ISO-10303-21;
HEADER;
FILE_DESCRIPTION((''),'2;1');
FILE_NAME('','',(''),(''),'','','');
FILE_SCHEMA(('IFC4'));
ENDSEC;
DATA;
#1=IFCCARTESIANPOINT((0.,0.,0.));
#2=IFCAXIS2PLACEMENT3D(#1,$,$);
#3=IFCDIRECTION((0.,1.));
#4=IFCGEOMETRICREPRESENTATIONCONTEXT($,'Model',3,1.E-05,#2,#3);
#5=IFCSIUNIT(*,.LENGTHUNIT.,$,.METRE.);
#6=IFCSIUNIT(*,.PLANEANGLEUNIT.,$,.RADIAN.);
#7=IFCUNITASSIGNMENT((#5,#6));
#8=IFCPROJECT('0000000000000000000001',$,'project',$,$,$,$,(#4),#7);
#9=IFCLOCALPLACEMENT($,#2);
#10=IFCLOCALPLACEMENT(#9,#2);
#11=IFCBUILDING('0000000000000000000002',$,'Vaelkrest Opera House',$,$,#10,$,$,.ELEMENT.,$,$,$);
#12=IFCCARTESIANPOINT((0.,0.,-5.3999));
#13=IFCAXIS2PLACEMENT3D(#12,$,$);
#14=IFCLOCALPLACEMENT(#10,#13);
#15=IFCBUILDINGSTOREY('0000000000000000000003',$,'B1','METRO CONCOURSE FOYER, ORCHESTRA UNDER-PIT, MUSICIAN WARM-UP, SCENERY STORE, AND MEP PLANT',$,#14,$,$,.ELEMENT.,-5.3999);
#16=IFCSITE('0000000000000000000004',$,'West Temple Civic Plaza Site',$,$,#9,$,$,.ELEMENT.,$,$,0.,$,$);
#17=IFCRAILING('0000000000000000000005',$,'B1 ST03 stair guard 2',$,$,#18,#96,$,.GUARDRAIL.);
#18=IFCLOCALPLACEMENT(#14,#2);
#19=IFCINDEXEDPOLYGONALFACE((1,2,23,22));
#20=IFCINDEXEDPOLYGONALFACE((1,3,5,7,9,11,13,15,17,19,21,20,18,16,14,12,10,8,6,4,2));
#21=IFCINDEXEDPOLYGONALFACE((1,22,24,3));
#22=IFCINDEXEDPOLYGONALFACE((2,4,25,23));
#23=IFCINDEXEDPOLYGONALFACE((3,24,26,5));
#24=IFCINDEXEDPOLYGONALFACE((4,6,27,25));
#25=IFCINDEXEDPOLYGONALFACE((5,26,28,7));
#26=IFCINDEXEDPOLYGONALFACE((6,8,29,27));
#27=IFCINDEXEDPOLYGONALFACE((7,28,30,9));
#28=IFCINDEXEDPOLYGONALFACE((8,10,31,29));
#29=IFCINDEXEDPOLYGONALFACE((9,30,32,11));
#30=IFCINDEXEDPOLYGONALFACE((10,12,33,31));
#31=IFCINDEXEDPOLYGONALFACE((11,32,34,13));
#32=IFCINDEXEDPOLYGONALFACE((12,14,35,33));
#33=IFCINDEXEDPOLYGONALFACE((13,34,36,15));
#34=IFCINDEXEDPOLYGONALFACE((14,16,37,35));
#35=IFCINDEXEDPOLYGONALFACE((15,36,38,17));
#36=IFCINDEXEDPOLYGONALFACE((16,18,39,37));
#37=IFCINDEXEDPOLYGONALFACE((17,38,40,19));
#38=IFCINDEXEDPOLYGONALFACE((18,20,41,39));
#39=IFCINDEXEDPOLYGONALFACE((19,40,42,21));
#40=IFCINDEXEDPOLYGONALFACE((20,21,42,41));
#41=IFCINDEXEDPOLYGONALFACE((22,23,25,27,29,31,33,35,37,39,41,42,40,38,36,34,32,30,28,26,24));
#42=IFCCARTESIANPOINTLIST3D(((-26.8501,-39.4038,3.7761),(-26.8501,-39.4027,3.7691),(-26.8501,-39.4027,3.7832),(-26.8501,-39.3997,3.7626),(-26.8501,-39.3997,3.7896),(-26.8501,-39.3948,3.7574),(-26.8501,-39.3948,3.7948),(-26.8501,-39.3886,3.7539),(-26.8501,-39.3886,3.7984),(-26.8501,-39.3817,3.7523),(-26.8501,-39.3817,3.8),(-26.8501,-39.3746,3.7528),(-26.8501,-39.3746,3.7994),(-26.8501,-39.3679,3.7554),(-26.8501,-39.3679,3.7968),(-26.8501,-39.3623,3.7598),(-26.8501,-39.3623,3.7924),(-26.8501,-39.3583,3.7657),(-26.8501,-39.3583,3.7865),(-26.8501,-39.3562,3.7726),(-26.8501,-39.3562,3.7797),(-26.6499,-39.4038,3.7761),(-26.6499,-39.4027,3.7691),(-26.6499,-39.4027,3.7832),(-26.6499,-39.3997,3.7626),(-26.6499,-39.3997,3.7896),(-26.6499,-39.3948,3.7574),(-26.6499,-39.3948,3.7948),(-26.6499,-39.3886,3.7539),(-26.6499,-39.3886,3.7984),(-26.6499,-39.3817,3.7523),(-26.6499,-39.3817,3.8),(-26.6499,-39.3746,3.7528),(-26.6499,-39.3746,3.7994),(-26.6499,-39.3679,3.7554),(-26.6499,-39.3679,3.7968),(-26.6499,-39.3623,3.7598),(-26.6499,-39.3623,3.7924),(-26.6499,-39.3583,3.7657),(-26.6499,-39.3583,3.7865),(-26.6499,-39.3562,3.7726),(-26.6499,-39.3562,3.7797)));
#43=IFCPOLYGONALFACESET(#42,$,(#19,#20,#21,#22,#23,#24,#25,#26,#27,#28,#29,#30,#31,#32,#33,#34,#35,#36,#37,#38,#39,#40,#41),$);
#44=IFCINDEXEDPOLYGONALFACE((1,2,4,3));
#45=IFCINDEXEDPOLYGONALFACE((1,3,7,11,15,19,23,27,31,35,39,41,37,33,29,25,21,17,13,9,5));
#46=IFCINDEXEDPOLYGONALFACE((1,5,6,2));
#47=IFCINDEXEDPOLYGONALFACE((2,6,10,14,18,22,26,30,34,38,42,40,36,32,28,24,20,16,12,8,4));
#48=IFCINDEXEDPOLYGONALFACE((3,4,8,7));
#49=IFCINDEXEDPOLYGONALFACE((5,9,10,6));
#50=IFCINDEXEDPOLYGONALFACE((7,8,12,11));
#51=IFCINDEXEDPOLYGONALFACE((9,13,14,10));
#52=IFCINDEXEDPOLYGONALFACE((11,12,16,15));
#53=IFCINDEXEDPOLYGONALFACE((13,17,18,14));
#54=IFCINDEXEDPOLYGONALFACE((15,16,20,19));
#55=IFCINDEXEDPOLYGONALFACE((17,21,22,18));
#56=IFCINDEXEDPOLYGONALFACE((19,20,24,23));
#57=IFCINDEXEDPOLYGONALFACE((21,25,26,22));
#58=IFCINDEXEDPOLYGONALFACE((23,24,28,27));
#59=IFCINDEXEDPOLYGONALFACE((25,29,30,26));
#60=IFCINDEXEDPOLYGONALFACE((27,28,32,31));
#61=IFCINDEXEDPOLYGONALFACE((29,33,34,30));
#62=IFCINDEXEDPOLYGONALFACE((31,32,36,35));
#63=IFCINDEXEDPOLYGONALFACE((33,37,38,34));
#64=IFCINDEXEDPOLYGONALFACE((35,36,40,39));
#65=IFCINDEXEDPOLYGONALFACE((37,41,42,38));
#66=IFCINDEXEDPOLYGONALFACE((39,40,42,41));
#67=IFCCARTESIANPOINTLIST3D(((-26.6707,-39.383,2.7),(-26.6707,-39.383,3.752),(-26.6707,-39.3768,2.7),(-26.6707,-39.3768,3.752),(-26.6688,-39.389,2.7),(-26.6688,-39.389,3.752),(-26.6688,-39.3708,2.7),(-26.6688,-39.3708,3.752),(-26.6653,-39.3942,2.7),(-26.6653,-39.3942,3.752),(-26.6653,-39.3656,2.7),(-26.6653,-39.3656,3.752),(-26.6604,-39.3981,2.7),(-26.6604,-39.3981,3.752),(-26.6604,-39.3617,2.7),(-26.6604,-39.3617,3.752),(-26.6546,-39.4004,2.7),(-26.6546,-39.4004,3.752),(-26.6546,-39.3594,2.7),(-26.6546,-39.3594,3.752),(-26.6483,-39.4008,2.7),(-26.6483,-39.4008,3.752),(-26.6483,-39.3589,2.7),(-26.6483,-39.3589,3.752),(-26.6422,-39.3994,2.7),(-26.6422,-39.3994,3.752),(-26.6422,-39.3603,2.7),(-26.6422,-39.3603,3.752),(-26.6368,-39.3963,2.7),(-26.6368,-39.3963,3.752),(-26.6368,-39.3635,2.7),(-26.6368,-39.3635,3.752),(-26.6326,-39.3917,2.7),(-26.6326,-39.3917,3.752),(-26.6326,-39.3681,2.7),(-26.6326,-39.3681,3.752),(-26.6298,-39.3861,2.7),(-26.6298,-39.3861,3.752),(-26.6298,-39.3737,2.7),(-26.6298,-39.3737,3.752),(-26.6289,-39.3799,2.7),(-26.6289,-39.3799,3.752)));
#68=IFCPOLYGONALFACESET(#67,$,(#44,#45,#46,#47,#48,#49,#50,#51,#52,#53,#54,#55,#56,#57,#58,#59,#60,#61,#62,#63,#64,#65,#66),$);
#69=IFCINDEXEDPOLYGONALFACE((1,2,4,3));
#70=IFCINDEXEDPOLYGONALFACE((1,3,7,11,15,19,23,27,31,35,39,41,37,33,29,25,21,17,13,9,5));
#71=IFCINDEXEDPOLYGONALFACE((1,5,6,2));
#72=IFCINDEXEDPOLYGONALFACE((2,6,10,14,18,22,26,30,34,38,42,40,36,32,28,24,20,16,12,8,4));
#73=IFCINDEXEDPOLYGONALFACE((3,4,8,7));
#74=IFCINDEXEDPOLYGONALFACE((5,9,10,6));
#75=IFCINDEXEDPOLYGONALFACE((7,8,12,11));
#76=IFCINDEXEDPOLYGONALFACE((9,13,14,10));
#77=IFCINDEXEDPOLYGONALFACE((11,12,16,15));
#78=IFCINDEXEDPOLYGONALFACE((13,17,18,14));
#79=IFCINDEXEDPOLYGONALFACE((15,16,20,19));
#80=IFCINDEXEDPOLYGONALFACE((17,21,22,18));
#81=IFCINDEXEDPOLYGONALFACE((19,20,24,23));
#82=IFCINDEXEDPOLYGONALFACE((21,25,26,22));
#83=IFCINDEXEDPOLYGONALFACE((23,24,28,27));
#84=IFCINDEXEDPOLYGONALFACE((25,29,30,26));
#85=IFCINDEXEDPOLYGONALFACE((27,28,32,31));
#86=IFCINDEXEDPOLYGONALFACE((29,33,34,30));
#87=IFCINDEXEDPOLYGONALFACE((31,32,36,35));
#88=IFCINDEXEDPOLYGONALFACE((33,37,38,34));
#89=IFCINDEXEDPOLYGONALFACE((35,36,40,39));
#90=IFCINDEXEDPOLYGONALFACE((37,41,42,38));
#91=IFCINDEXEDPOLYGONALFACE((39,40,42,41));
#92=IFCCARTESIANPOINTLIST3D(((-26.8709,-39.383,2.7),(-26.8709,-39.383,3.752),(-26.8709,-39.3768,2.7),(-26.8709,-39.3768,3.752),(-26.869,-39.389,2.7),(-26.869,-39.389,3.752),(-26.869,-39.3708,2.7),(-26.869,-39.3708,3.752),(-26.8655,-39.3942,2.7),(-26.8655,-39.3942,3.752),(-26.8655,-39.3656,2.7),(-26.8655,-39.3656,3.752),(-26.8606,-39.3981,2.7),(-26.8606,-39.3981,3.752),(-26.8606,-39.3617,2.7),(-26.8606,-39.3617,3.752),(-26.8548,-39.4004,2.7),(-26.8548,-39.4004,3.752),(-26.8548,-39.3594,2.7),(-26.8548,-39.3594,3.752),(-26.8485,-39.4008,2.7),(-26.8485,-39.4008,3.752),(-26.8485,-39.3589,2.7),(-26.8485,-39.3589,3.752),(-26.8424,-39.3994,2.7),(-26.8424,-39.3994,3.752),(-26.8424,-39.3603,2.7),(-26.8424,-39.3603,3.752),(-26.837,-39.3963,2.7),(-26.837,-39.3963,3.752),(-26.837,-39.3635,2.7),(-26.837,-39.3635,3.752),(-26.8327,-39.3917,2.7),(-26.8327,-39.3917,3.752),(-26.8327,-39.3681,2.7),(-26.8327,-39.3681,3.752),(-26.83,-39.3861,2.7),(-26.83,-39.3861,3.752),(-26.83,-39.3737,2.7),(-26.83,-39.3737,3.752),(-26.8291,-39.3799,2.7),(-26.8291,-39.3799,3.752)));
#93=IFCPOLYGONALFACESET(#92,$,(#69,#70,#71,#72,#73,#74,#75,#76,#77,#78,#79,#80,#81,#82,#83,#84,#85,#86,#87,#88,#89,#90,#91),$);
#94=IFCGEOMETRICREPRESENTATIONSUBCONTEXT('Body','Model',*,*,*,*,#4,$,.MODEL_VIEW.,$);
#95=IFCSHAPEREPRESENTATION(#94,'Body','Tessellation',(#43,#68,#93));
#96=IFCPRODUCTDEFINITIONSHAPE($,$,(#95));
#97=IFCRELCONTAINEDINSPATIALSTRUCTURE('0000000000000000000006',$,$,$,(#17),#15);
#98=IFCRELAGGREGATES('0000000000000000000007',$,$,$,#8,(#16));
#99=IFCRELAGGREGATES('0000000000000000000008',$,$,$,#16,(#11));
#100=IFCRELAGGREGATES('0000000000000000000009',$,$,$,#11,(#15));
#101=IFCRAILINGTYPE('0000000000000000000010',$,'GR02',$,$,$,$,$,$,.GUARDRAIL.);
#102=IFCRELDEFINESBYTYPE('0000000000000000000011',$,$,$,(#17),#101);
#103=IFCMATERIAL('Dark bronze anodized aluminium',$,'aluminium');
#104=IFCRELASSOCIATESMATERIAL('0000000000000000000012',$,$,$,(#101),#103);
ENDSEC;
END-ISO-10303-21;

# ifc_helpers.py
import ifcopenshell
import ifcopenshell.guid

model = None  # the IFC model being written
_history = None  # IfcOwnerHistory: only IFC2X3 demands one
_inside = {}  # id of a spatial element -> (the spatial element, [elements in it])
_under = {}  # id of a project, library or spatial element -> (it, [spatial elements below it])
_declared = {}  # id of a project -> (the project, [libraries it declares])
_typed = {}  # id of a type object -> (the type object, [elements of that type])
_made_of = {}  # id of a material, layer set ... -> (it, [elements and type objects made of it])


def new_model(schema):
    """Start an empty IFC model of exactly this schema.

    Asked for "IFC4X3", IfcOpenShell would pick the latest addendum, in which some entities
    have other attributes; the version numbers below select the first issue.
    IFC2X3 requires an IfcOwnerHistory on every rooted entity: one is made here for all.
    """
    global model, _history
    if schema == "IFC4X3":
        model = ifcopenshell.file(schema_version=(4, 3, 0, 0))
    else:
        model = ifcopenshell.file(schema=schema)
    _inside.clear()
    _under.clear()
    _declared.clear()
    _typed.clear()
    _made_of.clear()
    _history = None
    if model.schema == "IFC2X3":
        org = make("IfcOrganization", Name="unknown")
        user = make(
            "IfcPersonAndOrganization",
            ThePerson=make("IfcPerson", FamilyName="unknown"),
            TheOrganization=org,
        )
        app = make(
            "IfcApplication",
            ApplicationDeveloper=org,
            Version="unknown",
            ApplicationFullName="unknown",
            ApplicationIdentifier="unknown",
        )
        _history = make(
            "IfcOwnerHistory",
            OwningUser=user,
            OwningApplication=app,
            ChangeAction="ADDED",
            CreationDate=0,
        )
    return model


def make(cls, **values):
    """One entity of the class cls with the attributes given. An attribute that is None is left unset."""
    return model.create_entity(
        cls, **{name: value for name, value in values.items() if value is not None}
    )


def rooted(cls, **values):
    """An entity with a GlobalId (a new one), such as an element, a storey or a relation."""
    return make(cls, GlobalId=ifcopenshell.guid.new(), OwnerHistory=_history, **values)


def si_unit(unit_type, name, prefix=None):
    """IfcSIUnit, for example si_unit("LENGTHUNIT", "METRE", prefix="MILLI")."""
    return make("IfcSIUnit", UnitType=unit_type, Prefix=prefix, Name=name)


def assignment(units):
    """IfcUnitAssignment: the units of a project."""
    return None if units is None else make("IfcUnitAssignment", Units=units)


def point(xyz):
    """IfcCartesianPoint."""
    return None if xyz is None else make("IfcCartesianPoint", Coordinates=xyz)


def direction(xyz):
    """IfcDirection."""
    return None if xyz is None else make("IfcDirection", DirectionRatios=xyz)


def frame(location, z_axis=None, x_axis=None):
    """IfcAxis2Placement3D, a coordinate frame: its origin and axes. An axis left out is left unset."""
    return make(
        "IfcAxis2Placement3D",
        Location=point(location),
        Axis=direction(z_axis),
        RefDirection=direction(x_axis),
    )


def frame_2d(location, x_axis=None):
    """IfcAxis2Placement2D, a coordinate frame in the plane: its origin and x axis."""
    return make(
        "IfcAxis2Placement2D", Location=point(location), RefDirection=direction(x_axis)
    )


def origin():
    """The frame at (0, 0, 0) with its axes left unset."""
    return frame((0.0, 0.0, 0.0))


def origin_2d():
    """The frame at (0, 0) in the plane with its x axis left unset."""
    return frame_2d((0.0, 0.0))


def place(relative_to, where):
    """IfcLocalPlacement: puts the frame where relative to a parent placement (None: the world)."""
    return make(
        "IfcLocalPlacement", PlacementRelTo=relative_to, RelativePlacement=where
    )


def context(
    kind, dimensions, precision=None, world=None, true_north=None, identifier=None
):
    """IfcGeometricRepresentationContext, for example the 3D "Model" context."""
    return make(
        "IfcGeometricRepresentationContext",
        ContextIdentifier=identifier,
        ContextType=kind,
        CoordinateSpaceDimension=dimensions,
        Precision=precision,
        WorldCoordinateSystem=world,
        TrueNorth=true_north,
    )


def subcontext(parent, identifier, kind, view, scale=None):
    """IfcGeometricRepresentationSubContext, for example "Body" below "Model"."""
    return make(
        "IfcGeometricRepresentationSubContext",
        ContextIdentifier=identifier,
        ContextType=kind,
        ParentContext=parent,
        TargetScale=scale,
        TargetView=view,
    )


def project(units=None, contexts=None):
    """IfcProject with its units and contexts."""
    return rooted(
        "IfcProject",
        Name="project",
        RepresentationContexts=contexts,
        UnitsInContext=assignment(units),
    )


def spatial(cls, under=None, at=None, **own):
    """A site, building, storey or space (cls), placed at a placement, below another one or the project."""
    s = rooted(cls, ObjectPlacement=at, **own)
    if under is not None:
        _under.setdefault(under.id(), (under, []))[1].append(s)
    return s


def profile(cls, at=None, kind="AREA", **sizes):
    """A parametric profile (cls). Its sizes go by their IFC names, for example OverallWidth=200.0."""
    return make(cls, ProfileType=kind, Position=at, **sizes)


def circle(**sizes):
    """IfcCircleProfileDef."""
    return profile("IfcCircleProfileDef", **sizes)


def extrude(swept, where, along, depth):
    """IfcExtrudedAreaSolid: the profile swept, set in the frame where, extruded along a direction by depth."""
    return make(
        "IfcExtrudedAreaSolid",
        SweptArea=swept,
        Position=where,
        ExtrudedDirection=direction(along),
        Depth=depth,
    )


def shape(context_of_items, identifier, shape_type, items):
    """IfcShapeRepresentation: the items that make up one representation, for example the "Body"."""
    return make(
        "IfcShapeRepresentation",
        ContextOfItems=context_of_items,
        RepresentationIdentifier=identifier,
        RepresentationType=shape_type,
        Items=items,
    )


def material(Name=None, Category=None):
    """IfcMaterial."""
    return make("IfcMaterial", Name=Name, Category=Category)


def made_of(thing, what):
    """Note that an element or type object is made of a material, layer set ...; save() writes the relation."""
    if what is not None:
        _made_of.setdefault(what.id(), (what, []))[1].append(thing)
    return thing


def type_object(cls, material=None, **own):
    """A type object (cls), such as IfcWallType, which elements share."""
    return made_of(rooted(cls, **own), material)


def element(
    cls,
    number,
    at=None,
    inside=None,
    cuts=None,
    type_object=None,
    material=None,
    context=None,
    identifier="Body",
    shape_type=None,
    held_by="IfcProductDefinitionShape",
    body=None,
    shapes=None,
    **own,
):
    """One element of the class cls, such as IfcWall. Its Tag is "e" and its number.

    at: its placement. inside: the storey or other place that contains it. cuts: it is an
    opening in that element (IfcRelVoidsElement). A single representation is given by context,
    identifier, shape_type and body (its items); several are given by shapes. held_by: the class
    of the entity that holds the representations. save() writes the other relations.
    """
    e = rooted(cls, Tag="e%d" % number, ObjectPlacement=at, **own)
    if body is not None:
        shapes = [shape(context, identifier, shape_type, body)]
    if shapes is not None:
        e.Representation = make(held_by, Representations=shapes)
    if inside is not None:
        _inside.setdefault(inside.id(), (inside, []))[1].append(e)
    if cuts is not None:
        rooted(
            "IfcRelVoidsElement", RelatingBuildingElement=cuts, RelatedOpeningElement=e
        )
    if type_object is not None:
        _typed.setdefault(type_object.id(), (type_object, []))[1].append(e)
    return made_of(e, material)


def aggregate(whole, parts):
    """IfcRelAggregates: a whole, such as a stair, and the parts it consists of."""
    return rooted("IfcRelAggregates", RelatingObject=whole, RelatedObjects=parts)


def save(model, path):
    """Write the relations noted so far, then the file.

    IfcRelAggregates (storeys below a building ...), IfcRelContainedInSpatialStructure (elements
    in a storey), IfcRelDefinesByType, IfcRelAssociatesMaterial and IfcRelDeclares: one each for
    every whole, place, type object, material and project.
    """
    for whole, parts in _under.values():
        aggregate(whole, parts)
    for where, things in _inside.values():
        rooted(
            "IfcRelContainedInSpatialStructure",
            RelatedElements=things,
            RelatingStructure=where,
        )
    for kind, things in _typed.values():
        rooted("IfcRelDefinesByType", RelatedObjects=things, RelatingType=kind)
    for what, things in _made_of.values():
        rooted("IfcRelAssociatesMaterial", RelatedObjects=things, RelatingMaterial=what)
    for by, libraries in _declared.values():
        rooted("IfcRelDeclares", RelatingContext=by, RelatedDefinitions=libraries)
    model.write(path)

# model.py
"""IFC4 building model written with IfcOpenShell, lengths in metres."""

from ifc_helpers import new_model, si_unit, direction, frame, origin, origin_2d, place, context, subcontext, project, spatial, circle, extrude, material, type_object, element, save


model = new_model("IFC4")

# Units and contexts
model_context = context("Model", 3, precision=1e-05, world=origin(), true_north=direction((0.0, 1.0)))
body_context = subcontext(model_context, "Body", "Model", "MODEL_VIEW")
ifc_project = project(units=[si_unit("LENGTHUNIT", "METRE"), si_unit("PLANEANGLEUNIT", "RADIAN")], contexts=[model_context])

# Site, building, storey
site_placement = place(None, origin())
site = spatial("IfcSite", under=ifc_project, at=site_placement, Name="West Temple Civic Plaza Site", CompositionType="ELEMENT", RefElevation=0.0)
building_placement = place(site_placement, origin())
building = spatial("IfcBuilding", under=site, at=building_placement, Name="Vaelkrest Opera House", CompositionType="ELEMENT")
storey_placement = place(building_placement, frame((0.0, 0.0, -5.3999)))
storey = spatial("IfcBuildingStorey", under=building, at=storey_placement, Name="B1", Description="METRO CONCOURSE FOYER, ORCHESTRA UNDER-PIT, MUSICIAN WARM-UP, SCENERY STORE, AND MEP PLANT", CompositionType="ELEMENT", Elevation=-5.3999)

# Shared definitions
ifc_material_1 = material(Name="Dark bronze anodized aluminium", Category="aluminium")

# Railing
railing_type_1 = type_object("IfcRailingType", Name="GR02", PredefinedType="GUARDRAIL", material=ifc_material_1)
railing_1_placement = place(storey_placement, frame((-26.6499, -39.3799, 2.7)))
element("IfcRailing", 1, at=railing_1_placement, inside=storey, type_object=railing_type_1, Name="B1 ST03 stair guard 2", PredefinedType="GUARDRAIL", context=body_context, shape_type="SweptSolid", body=[
    extrude(circle(Radius=0.0239, at=origin_2d()), frame((0.0, 0.0, 1.0762), z_axis=(-1.0, 0.0, 0.0), x_axis=(0.0, -1.0, 0.0)), (0.0, 0.0, 1.0), 0.2002),
    extrude(circle(Radius=0.021, at=origin_2d()), origin(), (0.0, 0.0, 1.0), 1.052),
    extrude(circle(Radius=0.021, at=origin_2d()), frame((-0.2002, 0.0, 0.0)), (0.0, 0.0, 1.0), 1.052),
])

save(model, "model.ifc")
